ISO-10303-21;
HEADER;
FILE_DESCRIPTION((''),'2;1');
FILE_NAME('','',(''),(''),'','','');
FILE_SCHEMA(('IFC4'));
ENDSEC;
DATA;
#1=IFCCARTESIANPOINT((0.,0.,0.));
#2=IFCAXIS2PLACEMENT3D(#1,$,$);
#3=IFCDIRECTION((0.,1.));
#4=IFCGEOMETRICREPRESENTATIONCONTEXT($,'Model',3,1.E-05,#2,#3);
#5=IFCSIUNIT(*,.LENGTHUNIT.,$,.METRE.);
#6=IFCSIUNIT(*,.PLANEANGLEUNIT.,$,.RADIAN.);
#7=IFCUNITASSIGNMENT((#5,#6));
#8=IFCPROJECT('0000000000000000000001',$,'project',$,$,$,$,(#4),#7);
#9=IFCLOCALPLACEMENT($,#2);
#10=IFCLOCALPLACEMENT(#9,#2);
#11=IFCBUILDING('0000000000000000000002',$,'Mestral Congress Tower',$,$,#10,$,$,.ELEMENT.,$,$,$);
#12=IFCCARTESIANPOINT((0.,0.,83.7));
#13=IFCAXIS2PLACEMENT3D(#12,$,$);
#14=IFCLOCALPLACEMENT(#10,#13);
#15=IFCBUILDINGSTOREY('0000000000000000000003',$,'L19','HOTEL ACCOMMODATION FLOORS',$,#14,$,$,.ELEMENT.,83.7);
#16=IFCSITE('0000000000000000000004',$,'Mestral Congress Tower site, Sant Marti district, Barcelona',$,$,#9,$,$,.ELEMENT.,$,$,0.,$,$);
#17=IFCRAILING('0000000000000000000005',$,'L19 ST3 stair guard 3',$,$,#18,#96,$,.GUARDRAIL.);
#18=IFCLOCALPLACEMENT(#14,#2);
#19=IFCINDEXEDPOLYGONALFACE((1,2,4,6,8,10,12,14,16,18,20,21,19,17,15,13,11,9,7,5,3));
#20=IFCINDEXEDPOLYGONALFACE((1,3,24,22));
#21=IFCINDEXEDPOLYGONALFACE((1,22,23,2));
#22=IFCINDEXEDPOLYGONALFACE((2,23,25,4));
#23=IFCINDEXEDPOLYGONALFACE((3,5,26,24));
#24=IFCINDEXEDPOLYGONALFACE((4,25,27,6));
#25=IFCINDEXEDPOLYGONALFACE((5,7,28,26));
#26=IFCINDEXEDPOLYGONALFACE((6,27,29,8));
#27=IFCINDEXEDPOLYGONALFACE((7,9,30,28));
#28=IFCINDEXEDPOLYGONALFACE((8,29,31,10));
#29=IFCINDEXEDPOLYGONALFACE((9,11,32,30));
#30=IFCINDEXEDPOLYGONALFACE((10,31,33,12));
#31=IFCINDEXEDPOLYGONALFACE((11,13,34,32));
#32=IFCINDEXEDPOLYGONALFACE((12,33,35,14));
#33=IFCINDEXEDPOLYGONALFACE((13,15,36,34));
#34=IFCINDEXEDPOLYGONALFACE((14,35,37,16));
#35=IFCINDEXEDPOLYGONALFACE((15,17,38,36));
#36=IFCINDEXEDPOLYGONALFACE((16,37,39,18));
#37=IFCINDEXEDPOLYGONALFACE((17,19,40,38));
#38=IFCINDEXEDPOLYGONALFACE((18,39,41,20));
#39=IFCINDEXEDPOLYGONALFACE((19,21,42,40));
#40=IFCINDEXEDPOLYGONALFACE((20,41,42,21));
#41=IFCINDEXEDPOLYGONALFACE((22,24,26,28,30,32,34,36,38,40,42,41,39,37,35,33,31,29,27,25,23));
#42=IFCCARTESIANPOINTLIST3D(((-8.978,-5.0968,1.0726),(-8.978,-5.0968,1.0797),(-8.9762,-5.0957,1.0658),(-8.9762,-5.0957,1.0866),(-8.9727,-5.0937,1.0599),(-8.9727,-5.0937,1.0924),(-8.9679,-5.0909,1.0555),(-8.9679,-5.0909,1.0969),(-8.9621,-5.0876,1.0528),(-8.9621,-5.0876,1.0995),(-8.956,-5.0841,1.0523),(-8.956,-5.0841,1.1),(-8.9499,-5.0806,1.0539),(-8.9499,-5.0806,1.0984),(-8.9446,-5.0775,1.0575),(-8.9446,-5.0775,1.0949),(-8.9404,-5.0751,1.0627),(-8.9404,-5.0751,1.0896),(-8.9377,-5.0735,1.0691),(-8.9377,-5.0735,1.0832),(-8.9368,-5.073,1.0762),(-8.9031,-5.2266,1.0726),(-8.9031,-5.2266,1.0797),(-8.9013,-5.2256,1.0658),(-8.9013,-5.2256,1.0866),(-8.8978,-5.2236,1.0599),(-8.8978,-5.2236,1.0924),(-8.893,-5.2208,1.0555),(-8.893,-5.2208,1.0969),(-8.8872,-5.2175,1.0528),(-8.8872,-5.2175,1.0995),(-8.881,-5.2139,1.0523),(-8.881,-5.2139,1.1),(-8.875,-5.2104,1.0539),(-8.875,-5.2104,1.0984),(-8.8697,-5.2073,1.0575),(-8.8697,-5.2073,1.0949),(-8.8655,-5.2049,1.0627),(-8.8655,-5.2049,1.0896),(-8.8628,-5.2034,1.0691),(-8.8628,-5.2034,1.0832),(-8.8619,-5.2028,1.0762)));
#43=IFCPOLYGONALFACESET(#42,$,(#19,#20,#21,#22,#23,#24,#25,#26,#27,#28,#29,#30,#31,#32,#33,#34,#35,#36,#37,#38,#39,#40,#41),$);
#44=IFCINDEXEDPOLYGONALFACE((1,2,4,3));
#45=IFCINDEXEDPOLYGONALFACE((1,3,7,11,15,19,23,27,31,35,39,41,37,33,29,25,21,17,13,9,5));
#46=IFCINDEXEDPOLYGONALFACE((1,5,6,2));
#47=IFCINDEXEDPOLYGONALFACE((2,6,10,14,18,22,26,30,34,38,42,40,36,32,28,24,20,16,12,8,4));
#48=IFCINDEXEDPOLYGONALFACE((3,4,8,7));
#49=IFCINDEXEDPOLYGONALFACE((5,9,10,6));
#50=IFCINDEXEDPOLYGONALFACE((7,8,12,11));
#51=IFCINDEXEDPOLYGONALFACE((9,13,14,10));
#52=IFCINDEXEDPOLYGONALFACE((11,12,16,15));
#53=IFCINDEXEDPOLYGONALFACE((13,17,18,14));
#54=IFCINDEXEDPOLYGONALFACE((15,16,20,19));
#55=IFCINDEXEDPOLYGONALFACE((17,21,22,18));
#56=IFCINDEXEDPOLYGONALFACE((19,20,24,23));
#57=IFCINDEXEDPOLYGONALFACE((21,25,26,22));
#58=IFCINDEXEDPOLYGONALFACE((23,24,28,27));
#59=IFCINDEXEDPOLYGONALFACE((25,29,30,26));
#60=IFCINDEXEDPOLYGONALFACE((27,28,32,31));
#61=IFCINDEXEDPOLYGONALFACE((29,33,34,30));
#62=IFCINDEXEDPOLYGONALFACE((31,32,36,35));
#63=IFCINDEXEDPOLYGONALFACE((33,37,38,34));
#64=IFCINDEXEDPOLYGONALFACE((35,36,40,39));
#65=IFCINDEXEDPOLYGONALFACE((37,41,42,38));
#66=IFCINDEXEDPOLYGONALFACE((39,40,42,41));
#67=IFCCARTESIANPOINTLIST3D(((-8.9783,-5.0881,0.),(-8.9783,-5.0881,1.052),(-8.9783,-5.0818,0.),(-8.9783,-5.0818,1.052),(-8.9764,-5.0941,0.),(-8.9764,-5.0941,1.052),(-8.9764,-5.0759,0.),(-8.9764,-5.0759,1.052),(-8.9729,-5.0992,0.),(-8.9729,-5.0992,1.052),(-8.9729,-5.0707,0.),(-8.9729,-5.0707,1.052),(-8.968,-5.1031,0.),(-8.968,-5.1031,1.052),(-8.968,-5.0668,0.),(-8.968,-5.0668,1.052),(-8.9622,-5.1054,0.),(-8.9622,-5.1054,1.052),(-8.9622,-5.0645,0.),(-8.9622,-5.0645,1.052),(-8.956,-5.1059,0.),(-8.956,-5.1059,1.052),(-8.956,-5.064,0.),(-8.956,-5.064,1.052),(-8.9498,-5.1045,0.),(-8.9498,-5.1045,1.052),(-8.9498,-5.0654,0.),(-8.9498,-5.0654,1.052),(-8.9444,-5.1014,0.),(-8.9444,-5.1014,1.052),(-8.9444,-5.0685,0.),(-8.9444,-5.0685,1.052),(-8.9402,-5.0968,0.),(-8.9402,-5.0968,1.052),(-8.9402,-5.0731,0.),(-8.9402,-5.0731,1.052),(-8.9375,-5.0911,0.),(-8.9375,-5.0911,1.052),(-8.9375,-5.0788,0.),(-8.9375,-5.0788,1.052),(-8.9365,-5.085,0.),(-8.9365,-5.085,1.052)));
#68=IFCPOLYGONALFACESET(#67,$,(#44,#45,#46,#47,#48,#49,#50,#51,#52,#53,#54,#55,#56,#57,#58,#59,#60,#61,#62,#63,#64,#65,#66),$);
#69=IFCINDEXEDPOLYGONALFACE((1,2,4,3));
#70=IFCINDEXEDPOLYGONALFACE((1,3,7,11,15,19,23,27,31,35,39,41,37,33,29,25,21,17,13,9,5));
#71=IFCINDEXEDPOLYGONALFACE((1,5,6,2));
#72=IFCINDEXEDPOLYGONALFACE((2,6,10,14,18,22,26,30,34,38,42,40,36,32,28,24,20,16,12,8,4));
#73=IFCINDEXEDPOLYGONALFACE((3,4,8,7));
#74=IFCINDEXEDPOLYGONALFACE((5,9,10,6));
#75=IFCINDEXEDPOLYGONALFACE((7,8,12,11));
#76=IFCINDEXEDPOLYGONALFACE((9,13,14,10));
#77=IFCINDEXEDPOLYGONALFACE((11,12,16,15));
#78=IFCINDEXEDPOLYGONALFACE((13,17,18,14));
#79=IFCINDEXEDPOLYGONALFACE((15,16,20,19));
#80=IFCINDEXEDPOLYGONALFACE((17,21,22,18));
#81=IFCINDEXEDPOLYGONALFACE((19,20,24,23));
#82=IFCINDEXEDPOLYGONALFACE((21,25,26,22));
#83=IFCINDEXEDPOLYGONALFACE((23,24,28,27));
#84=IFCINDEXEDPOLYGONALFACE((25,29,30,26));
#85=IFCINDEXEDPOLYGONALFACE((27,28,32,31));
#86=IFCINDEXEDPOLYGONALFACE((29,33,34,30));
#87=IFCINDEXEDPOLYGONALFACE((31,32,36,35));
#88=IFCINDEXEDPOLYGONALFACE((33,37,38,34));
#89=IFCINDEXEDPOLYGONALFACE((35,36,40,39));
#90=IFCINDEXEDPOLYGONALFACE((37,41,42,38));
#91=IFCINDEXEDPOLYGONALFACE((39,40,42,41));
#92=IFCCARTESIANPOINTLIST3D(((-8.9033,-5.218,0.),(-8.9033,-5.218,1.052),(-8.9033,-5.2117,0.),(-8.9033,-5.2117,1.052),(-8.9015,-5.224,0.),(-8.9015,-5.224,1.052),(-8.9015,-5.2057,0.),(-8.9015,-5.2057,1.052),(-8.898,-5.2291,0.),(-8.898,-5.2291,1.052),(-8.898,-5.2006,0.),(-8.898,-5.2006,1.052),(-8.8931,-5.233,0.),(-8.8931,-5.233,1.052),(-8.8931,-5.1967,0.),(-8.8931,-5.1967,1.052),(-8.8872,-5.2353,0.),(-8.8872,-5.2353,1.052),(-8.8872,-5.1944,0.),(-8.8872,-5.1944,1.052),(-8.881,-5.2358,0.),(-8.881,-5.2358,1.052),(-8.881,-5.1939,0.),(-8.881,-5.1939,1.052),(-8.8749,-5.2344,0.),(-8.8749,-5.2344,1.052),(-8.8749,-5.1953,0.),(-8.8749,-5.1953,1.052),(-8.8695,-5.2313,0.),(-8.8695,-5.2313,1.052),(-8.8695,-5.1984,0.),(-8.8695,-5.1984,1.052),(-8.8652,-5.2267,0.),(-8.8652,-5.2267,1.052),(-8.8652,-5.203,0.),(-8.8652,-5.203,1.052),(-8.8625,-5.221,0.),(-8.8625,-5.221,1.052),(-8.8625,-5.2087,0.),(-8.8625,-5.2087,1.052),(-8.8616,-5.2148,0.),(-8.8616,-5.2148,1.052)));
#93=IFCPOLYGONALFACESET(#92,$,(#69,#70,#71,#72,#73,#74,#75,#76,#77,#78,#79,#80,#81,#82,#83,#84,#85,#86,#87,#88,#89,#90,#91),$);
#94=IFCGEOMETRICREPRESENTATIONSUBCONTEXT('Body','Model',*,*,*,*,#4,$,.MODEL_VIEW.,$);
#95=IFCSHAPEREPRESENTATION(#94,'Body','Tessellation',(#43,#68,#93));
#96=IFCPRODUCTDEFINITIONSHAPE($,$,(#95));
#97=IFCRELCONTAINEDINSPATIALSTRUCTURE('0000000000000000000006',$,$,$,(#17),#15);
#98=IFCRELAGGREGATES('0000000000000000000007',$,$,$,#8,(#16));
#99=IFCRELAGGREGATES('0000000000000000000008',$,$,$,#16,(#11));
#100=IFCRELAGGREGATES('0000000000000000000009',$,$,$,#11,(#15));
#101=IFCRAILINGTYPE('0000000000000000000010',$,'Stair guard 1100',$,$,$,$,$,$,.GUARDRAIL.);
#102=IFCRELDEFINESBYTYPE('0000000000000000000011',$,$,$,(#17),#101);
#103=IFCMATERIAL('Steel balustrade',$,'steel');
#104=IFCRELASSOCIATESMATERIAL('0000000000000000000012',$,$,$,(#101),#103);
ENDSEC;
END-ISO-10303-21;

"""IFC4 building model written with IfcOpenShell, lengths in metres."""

from ifc_helpers import new_model, si_unit, direction, frame, origin, origin_2d, place, context, subcontext, project, spatial, circle, extrude, material, type_object, element, save


model = new_model("IFC4")

# Units and contexts
model_context = context("Model", 3, precision=1e-05, world=origin(), true_north=direction((0.0, 1.0)))
body_context = subcontext(model_context, "Body", "Model", "MODEL_VIEW")
ifc_project = project(units=[si_unit("LENGTHUNIT", "METRE"), si_unit("PLANEANGLEUNIT", "RADIAN")], contexts=[model_context])

# Site, building, storey
site_placement = place(None, origin())
site = spatial("IfcSite", under=ifc_project, at=site_placement, Name="Mestral Congress Tower site, Sant Marti district, Barcelona", CompositionType="ELEMENT", RefElevation=0.0)
building_placement = place(site_placement, origin())
building = spatial("IfcBuilding", under=site, at=building_placement, Name="Mestral Congress Tower", CompositionType="ELEMENT")
storey_placement = place(building_placement, frame((0.0, 0.0, 83.7)))
storey = spatial("IfcBuildingStorey", under=building, at=storey_placement, Name="L19", Description="HOTEL ACCOMMODATION FLOORS", CompositionType="ELEMENT", Elevation=83.7)

# Railing
ifc_material_1 = material(Name="Steel balustrade", Category="steel")
railing_type_1 = type_object("IfcRailingType", Name="Stair guard 1100", PredefinedType="GUARDRAIL", material=ifc_material_1)
railing_1_placement = place(storey_placement, frame((-8.9575, -5.085, 0.0)))
element("IfcRailing", 1, at=railing_1_placement, inside=storey, type_object=railing_type_1, Name="L19 ST3 stair guard 3", PredefinedType="GUARDRAIL", context=body_context, shape_type="SweptSolid", body=[
    extrude(circle(Radius=0.0239, at=origin_2d()), frame((0.0, 0.0, 1.0762), z_axis=(0.499816, -0.866131, 0.0), x_axis=(0.866131, 0.499816, 0.0)), (0.0, 0.0, 1.0), 0.1499),
    extrude(circle(Radius=0.021, at=origin_2d()), origin(), (0.0, 0.0, 1.0), 1.052),
    extrude(circle(Radius=0.021, at=origin_2d()), frame((0.075, -0.1299, 0.0)), (0.0, 0.0, 1.0), 1.052),
])

save(model, "model.ifc")
